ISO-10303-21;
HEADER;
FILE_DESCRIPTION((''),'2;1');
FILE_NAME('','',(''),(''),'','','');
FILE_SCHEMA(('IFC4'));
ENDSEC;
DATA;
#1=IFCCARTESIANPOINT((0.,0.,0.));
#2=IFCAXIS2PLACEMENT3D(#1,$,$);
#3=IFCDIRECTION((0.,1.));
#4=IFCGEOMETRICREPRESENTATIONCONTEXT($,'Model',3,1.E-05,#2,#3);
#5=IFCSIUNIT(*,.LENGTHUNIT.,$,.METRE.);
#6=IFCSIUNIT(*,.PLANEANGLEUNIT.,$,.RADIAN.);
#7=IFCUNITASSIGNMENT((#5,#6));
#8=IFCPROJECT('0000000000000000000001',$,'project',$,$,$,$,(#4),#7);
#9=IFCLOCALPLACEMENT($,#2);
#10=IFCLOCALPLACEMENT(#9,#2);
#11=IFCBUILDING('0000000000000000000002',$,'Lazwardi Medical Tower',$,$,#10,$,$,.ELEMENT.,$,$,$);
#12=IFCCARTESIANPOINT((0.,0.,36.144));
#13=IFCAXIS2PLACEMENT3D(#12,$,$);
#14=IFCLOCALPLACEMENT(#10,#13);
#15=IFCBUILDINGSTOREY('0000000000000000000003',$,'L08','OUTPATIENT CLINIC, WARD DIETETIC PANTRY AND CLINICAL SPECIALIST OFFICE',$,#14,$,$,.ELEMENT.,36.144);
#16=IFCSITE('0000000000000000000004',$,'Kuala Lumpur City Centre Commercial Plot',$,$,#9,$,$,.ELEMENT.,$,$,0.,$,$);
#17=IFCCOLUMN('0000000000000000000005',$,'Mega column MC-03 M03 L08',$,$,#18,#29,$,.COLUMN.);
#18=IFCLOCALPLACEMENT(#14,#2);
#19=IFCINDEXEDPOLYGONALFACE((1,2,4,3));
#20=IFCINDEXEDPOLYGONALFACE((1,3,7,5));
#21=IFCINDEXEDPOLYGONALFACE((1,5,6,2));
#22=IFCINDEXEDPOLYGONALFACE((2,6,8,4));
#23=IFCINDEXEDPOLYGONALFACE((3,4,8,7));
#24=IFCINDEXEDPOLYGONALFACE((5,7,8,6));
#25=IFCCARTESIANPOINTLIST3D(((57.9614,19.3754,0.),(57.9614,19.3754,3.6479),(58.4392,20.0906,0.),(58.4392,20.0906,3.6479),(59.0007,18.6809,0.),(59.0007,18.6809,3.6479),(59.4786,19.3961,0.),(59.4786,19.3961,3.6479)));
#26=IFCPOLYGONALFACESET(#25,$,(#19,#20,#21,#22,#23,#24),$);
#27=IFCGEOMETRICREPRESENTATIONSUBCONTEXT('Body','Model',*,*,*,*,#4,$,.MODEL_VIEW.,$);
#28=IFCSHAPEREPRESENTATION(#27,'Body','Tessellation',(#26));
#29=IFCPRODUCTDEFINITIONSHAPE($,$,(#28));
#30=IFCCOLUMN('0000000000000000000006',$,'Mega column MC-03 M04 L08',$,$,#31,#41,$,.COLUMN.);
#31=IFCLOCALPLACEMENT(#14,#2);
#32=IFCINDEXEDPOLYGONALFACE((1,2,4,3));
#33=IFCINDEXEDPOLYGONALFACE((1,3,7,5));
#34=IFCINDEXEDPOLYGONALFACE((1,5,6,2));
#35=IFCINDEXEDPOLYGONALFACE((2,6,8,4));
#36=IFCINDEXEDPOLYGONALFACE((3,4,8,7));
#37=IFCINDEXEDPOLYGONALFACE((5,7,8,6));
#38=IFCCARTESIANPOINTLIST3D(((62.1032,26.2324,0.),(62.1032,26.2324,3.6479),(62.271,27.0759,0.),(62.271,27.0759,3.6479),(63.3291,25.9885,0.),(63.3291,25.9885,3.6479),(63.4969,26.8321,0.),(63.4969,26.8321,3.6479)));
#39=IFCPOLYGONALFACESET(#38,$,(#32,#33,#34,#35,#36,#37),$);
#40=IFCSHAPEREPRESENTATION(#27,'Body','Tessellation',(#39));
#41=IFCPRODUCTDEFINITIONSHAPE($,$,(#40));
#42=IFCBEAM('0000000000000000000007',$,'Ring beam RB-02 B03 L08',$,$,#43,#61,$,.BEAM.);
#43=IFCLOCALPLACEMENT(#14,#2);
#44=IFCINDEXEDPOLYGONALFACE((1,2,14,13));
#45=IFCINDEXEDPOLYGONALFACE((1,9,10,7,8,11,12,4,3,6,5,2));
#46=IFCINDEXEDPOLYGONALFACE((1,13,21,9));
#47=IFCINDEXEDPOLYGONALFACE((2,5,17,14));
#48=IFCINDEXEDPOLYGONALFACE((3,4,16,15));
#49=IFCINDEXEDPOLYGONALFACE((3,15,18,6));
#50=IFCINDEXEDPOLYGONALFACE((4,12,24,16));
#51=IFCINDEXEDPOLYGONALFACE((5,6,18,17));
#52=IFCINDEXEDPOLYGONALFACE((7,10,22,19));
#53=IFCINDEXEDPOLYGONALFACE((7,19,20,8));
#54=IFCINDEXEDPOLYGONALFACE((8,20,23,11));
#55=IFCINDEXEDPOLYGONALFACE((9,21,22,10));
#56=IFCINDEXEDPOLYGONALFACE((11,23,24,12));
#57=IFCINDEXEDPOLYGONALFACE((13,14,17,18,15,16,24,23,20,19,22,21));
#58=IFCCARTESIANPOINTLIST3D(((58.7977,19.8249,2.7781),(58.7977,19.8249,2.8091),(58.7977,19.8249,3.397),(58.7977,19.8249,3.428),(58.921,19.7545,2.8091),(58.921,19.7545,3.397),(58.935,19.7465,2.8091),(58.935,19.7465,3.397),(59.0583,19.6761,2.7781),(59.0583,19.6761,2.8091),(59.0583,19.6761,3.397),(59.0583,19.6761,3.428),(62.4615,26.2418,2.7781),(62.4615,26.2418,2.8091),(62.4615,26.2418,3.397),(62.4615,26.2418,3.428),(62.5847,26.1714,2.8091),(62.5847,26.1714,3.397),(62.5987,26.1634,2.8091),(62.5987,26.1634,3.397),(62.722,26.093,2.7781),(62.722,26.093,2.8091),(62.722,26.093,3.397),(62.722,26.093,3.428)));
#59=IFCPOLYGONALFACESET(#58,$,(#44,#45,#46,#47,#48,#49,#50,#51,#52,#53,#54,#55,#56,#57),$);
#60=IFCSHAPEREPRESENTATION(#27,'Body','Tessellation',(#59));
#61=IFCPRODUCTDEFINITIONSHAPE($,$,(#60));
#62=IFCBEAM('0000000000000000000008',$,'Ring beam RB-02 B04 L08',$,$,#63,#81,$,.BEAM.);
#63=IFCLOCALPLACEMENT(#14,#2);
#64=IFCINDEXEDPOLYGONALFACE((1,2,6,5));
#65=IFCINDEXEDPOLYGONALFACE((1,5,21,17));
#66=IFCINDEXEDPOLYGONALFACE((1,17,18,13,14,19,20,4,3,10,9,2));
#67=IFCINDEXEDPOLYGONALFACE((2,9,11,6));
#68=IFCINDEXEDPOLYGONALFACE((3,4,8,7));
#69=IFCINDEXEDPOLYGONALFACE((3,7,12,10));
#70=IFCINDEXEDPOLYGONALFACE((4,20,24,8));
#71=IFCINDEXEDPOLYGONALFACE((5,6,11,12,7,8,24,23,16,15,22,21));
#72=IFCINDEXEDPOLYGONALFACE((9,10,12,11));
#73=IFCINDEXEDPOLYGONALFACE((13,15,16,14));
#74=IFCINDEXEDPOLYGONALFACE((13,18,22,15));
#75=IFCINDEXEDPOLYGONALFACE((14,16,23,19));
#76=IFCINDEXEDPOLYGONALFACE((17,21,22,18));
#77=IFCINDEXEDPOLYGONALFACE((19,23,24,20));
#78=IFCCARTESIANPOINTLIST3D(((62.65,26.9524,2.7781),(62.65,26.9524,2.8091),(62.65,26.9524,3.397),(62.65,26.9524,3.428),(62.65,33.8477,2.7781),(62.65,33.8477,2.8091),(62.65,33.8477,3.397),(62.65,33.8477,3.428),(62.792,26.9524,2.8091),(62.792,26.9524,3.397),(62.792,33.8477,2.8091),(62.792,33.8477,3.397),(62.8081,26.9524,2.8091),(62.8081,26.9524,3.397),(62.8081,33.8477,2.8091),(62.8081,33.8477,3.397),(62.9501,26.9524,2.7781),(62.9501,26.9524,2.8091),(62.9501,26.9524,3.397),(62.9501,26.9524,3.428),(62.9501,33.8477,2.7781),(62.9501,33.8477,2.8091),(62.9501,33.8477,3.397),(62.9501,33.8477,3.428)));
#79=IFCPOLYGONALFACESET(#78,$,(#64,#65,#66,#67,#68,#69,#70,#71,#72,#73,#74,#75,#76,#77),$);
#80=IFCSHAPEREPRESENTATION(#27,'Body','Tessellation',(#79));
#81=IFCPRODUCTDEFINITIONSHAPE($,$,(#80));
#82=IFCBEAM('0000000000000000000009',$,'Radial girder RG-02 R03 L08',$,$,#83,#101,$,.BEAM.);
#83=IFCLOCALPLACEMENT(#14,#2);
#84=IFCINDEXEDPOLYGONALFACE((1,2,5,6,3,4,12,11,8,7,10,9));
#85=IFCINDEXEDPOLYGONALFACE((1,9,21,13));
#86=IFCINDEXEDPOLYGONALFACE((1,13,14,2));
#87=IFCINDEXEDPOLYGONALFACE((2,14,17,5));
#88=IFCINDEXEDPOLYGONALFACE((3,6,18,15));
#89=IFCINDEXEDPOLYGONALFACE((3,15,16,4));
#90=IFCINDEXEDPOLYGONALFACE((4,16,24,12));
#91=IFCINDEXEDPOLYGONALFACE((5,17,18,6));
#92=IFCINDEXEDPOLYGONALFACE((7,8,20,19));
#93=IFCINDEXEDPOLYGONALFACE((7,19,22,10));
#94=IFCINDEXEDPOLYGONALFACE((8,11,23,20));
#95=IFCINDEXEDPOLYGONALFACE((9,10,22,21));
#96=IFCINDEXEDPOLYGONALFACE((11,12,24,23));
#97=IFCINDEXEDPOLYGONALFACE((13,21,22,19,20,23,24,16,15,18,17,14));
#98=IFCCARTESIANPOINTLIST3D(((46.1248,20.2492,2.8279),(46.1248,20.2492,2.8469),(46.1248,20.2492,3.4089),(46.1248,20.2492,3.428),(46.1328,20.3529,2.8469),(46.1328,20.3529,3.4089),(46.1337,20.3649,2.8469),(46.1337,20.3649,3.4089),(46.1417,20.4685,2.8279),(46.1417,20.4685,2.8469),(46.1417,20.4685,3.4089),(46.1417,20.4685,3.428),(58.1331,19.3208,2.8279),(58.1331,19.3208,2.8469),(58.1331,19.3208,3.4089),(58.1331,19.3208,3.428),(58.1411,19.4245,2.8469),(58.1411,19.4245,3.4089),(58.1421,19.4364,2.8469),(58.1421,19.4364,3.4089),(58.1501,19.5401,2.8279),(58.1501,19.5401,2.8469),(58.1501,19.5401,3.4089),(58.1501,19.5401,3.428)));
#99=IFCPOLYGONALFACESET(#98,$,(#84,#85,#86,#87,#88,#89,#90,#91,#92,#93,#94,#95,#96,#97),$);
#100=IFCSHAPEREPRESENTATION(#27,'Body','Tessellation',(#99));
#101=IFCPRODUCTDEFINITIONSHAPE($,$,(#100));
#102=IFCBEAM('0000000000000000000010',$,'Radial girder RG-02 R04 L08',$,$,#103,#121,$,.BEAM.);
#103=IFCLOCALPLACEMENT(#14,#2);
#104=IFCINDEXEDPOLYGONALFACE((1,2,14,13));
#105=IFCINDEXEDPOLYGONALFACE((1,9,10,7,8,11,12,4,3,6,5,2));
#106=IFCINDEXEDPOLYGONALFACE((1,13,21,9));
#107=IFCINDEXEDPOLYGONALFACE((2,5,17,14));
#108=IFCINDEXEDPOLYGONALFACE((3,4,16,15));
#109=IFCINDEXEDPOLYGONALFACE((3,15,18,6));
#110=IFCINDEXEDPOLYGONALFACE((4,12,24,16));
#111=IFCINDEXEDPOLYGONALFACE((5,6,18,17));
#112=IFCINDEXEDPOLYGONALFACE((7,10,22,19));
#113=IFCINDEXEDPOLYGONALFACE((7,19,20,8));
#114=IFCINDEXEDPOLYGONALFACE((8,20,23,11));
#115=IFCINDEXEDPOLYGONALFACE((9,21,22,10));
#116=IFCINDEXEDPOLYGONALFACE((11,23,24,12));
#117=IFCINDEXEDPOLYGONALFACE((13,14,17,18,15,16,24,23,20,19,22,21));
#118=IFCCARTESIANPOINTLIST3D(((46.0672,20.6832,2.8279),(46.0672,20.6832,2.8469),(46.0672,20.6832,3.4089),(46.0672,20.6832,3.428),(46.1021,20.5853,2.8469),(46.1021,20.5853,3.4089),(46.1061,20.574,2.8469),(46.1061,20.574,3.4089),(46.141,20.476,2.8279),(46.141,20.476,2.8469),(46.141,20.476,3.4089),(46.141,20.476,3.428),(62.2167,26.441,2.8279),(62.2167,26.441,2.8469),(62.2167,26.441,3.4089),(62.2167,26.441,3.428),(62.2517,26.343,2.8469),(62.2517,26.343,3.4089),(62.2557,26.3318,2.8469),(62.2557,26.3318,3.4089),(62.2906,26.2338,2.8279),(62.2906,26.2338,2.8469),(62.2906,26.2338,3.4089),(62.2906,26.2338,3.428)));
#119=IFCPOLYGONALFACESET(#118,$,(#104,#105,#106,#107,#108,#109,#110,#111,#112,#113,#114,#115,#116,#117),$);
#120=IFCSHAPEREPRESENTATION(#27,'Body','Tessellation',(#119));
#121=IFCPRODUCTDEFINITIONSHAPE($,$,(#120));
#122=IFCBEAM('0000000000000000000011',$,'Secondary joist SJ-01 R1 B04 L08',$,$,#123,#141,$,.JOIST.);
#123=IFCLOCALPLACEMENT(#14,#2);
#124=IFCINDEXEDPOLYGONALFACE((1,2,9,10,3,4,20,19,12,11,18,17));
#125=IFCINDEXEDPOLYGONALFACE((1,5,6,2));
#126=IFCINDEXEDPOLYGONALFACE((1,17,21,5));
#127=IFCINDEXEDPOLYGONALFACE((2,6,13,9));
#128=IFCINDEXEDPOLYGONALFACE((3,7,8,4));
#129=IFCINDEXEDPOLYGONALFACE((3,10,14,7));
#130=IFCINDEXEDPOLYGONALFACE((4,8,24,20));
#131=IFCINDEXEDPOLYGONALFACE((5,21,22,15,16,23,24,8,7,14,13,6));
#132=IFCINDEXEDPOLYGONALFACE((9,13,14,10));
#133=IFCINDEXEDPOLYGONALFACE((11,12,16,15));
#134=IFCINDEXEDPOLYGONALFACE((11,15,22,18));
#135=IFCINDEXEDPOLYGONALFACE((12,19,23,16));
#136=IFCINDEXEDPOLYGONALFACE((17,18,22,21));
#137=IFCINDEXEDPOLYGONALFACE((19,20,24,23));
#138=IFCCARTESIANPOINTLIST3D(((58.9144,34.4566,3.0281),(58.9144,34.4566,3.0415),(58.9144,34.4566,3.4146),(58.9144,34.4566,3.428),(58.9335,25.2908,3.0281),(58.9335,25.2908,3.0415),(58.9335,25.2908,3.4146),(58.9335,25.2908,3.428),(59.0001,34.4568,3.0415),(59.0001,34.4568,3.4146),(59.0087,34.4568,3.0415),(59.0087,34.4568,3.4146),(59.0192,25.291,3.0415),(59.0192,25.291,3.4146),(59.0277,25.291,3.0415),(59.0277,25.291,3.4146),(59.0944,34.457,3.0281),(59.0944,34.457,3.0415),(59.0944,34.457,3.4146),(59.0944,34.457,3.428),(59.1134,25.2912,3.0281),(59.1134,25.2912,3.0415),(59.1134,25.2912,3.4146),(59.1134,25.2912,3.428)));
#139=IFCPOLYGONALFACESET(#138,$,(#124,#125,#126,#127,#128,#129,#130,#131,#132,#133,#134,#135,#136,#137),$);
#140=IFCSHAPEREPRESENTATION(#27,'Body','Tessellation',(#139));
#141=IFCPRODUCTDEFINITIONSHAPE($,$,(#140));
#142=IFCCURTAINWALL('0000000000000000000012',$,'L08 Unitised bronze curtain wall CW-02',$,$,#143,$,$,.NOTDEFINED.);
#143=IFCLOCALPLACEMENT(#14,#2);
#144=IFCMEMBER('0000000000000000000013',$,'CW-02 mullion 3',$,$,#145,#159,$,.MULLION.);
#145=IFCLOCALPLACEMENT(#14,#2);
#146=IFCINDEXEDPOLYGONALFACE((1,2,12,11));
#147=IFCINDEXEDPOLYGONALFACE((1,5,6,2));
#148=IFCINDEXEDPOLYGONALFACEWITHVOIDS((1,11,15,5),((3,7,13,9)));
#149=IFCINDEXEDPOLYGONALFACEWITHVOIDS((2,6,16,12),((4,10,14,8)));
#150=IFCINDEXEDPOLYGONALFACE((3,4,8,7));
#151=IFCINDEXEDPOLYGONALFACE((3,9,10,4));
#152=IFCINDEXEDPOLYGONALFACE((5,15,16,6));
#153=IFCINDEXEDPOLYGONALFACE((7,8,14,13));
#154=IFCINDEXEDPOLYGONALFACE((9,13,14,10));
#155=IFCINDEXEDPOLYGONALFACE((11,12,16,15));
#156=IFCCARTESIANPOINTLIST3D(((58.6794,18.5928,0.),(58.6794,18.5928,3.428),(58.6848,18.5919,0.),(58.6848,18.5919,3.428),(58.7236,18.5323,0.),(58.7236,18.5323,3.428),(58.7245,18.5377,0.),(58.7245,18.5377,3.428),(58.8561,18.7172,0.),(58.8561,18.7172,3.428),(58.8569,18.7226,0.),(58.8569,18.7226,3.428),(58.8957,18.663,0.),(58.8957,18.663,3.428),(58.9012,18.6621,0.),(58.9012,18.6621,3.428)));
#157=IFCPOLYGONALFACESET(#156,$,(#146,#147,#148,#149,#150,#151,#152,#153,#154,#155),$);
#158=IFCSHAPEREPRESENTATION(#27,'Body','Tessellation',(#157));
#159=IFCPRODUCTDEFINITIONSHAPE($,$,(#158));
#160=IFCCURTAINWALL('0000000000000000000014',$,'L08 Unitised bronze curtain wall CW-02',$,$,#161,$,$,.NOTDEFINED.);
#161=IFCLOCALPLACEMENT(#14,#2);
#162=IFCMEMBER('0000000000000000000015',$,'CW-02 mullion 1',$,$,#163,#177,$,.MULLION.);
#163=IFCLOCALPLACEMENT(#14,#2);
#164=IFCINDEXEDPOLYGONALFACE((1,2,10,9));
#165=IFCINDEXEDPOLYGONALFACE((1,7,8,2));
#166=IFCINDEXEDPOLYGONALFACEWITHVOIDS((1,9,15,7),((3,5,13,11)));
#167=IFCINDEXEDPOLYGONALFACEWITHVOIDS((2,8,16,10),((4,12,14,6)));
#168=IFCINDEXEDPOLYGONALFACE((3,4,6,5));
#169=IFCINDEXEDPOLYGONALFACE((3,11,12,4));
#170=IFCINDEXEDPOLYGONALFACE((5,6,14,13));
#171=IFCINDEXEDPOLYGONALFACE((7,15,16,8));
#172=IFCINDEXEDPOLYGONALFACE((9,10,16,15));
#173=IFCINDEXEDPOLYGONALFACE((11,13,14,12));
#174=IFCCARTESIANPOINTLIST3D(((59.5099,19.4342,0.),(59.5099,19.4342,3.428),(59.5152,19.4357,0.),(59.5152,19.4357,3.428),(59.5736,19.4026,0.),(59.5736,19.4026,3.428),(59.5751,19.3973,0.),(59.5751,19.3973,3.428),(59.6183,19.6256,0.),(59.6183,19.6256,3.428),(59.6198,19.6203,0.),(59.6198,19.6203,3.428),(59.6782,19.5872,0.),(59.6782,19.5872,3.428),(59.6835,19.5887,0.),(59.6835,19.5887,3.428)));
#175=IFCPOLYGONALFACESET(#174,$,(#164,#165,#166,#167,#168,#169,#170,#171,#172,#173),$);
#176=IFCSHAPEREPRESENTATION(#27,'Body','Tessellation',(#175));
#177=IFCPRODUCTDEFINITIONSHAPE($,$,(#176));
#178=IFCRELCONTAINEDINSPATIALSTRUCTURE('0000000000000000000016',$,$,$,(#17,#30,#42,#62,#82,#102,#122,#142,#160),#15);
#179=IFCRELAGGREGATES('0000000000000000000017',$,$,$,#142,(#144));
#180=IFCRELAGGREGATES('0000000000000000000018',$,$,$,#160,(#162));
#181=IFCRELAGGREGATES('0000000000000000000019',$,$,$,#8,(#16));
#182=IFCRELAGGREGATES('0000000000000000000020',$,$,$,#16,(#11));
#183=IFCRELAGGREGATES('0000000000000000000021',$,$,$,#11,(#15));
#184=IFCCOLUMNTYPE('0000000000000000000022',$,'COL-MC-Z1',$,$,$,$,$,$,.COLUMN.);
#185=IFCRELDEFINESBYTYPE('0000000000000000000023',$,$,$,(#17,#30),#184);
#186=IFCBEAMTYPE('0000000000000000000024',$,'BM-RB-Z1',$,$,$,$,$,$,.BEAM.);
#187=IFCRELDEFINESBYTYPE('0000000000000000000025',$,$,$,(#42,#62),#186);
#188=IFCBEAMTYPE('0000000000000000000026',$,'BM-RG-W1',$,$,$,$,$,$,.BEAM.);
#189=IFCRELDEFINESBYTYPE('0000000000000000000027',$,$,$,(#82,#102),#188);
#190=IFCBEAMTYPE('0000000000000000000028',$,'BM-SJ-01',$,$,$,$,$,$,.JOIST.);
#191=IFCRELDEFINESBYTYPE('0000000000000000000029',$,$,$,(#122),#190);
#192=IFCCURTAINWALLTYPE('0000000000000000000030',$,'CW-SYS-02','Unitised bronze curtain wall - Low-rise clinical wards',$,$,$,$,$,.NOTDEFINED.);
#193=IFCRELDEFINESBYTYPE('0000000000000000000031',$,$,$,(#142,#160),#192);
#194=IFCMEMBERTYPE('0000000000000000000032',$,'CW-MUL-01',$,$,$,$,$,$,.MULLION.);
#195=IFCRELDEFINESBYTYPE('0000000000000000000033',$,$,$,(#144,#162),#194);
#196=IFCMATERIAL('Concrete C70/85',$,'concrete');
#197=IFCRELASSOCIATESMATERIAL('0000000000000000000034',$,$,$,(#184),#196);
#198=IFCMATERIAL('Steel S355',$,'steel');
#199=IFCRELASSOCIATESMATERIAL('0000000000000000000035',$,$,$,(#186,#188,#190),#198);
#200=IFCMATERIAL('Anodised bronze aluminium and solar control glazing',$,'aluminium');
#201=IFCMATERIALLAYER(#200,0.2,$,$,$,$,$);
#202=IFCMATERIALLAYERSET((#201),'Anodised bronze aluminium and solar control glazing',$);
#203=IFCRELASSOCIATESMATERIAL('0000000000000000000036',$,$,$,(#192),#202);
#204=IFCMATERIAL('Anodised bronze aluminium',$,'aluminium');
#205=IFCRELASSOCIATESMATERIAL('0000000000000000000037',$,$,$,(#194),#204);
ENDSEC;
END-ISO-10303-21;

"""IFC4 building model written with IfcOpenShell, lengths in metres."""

from ifc_helpers import new_model, si_unit, direction, frame, origin, origin_2d, place, context, subcontext, project, spatial, rectangle, hollow_rectangle, i_section, extrude, material, layer, layer_set, material_profile, profile_set, type_object, element, aggregate, save


model = new_model("IFC4")

# Units and contexts
model_context = context("Model", 3, precision=1e-05, world=origin(), true_north=direction((0.0, 1.0)))
body_context = subcontext(model_context, "Body", "Model", "MODEL_VIEW")
ifc_project = project(units=[si_unit("LENGTHUNIT", "METRE"), si_unit("PLANEANGLEUNIT", "RADIAN")], contexts=[model_context])

# Site, building, storey
site_placement = place(None, origin())
site = spatial("IfcSite", under=ifc_project, at=site_placement, Name="Kuala Lumpur City Centre Commercial Plot", CompositionType="ELEMENT", RefElevation=0.0)
building_placement = place(site_placement, origin())
building = spatial("IfcBuilding", under=site, at=building_placement, Name="Lazwardi Medical Tower", CompositionType="ELEMENT")
storey_placement = place(building_placement, frame((0.0, 0.0, 36.144)))
storey = spatial("IfcBuildingStorey", under=building, at=storey_placement, Name="L08", Description="OUTPATIENT CLINIC, WARD DIETETIC PANTRY AND CLINICAL SPECIALIST OFFICE", CompositionType="ELEMENT", Elevation=36.144)

# Columns
ifc_material_1 = material(Name="Concrete C70/85", Category="concrete")
ifc_material_profile_1 = material_profile(ifc_material_1, rectangle(XDim=1.25, YDim=0.8601, at=origin_2d()), Name="CFT-RECT 1250x860")
ifc_profile_set_1 = profile_set([ifc_material_profile_1], Name="Concrete C70/85")
column_type = type_object("IfcColumnType", Name="COL-MC-Z1", PredefinedType="COLUMN", material=ifc_profile_set_1)
for number, where, z_axis, x_axis, name in (
    (1, (58.72, 19.3857, 0.0), (0.0, 0.0, 1.0), (0.83147, -0.55557, 0.0), "Mega column MC-03 M03 L08"),
    (2, (62.8, 26.5322, 0.0), (0.0, 0.0, 1.0), (0.980785, -0.19509, 0.0), "Mega column MC-03 M04 L08"),
):
    element("IfcColumn", number, at=place(storey_placement, frame(where, z_axis=z_axis, x_axis=x_axis)), inside=storey, type_object=column_type, Name=name, PredefinedType="COLUMN", context=body_context, shape_type="SweptSolid", body=[
        extrude(rectangle(XDim=1.25, YDim=0.8601, at=origin_2d()), origin(), (0.0, 0.0, 1.0), 3.6479),
    ])

# Beams
ifc_material_2 = material(Name="Steel S355", Category="steel")
ifc_material_profile_2 = material_profile(ifc_material_2, i_section(OverallWidth=0.3, OverallDepth=0.6499, WebThickness=0.0161, FlangeThickness=0.031, at=origin_2d()), Name="HEB 650")
ifc_profile_set_2 = profile_set([ifc_material_profile_2], Name="Steel S355")
beam_type_1 = type_object("IfcBeamType", Name="BM-RB-Z1", PredefinedType="BEAM", material=ifc_profile_set_2)
beam_1_placement = place(storey_placement, frame((58.928, 19.7505, 3.103), z_axis=(0.495829, 0.86842, 0.0), x_axis=(-0.86842, 0.495829, 0.0)))
element("IfcBeam", 3, at=beam_1_placement, inside=storey, type_object=beam_type_1, Name="Ring beam RB-02 B03 L08", PredefinedType="BEAM", context=body_context, shape_type="SweptSolid", body=[
    extrude(i_section(OverallWidth=0.3, OverallDepth=0.6499, WebThickness=0.0161, FlangeThickness=0.031, at=origin_2d()), origin(), (0.0, 0.0, 1.0), 7.3892),
])
beam_2_placement = place(storey_placement, frame((62.8, 26.9524, 3.103), z_axis=(0.0, 1.0, 0.0), x_axis=(-1.0, 0.0, 0.0)))
element("IfcBeam", 4, at=beam_2_placement, inside=storey, type_object=beam_type_1, Name="Ring beam RB-02 B04 L08", PredefinedType="BEAM", context=body_context, shape_type="SweptSolid", body=[
    extrude(i_section(OverallWidth=0.3, OverallDepth=0.6499, WebThickness=0.0161, FlangeThickness=0.031, at=origin_2d()), origin(), (0.0, 0.0, 1.0), 6.8953),
])
ifc_material_profile_3 = material_profile(ifc_material_2, i_section(OverallWidth=0.22, OverallDepth=0.6001, WebThickness=0.012, FlangeThickness=0.019, at=origin_2d()), Name="IPE 600")
ifc_profile_set_3 = profile_set([ifc_material_profile_3], Name="Steel S355")
beam_type_2 = type_object("IfcBeamType", Name="BM-RG-W1", PredefinedType="BEAM", material=ifc_profile_set_3)
beam_3_placement = place(storey_placement, frame((58.1416, 19.4304, 3.1279), z_axis=(-0.997024, 0.077089, 0.0), x_axis=(-0.077089, -0.997024, 0.0)))
element("IfcBeam", 5, at=beam_3_placement, inside=storey, type_object=beam_type_2, Name="Radial girder RG-02 R03 L08", PredefinedType="BEAM", context=body_context, shape_type="SweptSolid", body=[
    extrude(i_section(OverallWidth=0.22, OverallDepth=0.6001, WebThickness=0.012, FlangeThickness=0.019, at=origin_2d()), origin(), (0.0, 0.0, 1.0), 12.0442),
])
beam_4_placement = place(storey_placement, frame((62.2537, 26.3374, 3.1279), z_axis=(-0.941925, -0.335823, 0.0), x_axis=(0.335823, -0.941925, 0.0)))
element("IfcBeam", 6, at=beam_4_placement, inside=storey, type_object=beam_type_2, Name="Radial girder RG-02 R04 L08", PredefinedType="BEAM", context=body_context, shape_type="SweptSolid", body=[
    extrude(i_section(OverallWidth=0.22, OverallDepth=0.6001, WebThickness=0.012, FlangeThickness=0.019, at=origin_2d()), origin(), (0.0, 0.0, 1.0), 17.1453),
])
ifc_material_profile_4 = material_profile(ifc_material_2, i_section(OverallWidth=0.1799, OverallDepth=0.3999, WebThickness=0.0085, FlangeThickness=0.0134, at=origin_2d()), Name="IPE 400")
ifc_profile_set_4 = profile_set([ifc_material_profile_4], Name="Steel S355")
beam_type_3 = type_object("IfcBeamType", Name="BM-SJ-01", PredefinedType="JOIST", material=ifc_profile_set_4)
beam_5_placement = place(storey_placement, frame((59.0234, 25.291, 3.228), z_axis=(-0.002078, 0.999998, 0.0), x_axis=(-0.999998, -0.002078, 0.0)))
element("IfcBeam", 7, at=beam_5_placement, inside=storey, type_object=beam_type_3, Name="Secondary joist SJ-01 R1 B04 L08", PredefinedType="JOIST", context=body_context, shape_type="SweptSolid", body=[
    extrude(i_section(OverallWidth=0.1799, OverallDepth=0.3999, WebThickness=0.0085, FlangeThickness=0.0134, at=origin_2d()), origin(), (0.0, 0.0, 1.0), 9.1658),
])

# Curtain wall, member
ifc_material_3 = material(Name="Anodised bronze aluminium and solar control glazing", Category="aluminium")
ifc_layer_1 = layer(ifc_material_3, 0.2)
ifc_layer_set_1 = layer_set([ifc_layer_1], Name="Anodised bronze aluminium and solar control glazing")
curtain_wall_type = type_object("IfcCurtainWallType", Name="CW-SYS-02", Description="Unitised bronze curtain wall - Low-rise clinical wards", PredefinedType="NOTDEFINED", material=ifc_layer_set_1)
curtain_wall_1_placement = place(storey_placement, origin())
curtain_wall_1 = element("IfcCurtainWall", 8, at=curtain_wall_1_placement, inside=storey, type_object=curtain_wall_type, Name="L08 Unitised bronze curtain wall CW-02", PredefinedType="NOTDEFINED")
ifc_material_4 = material(Name="Anodised bronze aluminium", Category="aluminium")
ifc_material_profile_5 = material_profile(ifc_material_4, hollow_rectangle(XDim=0.075, YDim=0.22, WallThickness=0.0039, at=origin_2d()), Name="ALU-MULLION 220x75x4")
ifc_profile_set_5 = profile_set([ifc_material_profile_5], Name="Anodised bronze aluminium")
member_type_1 = type_object("IfcMemberType", Name="CW-MUL-01", PredefinedType="MULLION", material=ifc_profile_set_5)
member_1_placement = place(storey_placement, frame((58.7903, 18.6274, 0.0), z_axis=(0.0, 0.0, 1.0), x_axis=(-0.590289, 0.807192, 0.0)))
member_1 = element("IfcMember", 9, at=member_1_placement, type_object=member_type_1, Name="CW-02 mullion 3", PredefinedType="MULLION", context=body_context, shape_type="SweptSolid", body=[
    extrude(hollow_rectangle(XDim=0.075, YDim=0.22, WallThickness=0.0039, at=origin_2d()), origin(), (0.0, 0.0, 1.0), 3.428),
])

# Curtain wall, member
curtain_wall_2_placement = place(storey_placement, origin())
curtain_wall_2 = element("IfcCurtainWall", 10, at=curtain_wall_2_placement, inside=storey, type_object=curtain_wall_type, Name="L08 Unitised bronze curtain wall CW-02", PredefinedType="NOTDEFINED")
member_2_placement = place(storey_placement, frame((59.5967, 19.5115, 0.0), z_axis=(0.0, 0.0, 1.0), x_axis=(-0.870112, 0.492854, 0.0)))
member_2 = element("IfcMember", 11, at=member_2_placement, type_object=member_type_1, Name="CW-02 mullion 1", PredefinedType="MULLION", context=body_context, shape_type="SweptSolid", body=[
    extrude(hollow_rectangle(XDim=0.075, YDim=0.22, WallThickness=0.0039, at=origin_2d()), origin(), (0.0, 0.0, 1.0), 3.428),
])

aggregate(curtain_wall_1, [member_1])
aggregate(curtain_wall_2, [member_2])

save(model, "model.ifc")
